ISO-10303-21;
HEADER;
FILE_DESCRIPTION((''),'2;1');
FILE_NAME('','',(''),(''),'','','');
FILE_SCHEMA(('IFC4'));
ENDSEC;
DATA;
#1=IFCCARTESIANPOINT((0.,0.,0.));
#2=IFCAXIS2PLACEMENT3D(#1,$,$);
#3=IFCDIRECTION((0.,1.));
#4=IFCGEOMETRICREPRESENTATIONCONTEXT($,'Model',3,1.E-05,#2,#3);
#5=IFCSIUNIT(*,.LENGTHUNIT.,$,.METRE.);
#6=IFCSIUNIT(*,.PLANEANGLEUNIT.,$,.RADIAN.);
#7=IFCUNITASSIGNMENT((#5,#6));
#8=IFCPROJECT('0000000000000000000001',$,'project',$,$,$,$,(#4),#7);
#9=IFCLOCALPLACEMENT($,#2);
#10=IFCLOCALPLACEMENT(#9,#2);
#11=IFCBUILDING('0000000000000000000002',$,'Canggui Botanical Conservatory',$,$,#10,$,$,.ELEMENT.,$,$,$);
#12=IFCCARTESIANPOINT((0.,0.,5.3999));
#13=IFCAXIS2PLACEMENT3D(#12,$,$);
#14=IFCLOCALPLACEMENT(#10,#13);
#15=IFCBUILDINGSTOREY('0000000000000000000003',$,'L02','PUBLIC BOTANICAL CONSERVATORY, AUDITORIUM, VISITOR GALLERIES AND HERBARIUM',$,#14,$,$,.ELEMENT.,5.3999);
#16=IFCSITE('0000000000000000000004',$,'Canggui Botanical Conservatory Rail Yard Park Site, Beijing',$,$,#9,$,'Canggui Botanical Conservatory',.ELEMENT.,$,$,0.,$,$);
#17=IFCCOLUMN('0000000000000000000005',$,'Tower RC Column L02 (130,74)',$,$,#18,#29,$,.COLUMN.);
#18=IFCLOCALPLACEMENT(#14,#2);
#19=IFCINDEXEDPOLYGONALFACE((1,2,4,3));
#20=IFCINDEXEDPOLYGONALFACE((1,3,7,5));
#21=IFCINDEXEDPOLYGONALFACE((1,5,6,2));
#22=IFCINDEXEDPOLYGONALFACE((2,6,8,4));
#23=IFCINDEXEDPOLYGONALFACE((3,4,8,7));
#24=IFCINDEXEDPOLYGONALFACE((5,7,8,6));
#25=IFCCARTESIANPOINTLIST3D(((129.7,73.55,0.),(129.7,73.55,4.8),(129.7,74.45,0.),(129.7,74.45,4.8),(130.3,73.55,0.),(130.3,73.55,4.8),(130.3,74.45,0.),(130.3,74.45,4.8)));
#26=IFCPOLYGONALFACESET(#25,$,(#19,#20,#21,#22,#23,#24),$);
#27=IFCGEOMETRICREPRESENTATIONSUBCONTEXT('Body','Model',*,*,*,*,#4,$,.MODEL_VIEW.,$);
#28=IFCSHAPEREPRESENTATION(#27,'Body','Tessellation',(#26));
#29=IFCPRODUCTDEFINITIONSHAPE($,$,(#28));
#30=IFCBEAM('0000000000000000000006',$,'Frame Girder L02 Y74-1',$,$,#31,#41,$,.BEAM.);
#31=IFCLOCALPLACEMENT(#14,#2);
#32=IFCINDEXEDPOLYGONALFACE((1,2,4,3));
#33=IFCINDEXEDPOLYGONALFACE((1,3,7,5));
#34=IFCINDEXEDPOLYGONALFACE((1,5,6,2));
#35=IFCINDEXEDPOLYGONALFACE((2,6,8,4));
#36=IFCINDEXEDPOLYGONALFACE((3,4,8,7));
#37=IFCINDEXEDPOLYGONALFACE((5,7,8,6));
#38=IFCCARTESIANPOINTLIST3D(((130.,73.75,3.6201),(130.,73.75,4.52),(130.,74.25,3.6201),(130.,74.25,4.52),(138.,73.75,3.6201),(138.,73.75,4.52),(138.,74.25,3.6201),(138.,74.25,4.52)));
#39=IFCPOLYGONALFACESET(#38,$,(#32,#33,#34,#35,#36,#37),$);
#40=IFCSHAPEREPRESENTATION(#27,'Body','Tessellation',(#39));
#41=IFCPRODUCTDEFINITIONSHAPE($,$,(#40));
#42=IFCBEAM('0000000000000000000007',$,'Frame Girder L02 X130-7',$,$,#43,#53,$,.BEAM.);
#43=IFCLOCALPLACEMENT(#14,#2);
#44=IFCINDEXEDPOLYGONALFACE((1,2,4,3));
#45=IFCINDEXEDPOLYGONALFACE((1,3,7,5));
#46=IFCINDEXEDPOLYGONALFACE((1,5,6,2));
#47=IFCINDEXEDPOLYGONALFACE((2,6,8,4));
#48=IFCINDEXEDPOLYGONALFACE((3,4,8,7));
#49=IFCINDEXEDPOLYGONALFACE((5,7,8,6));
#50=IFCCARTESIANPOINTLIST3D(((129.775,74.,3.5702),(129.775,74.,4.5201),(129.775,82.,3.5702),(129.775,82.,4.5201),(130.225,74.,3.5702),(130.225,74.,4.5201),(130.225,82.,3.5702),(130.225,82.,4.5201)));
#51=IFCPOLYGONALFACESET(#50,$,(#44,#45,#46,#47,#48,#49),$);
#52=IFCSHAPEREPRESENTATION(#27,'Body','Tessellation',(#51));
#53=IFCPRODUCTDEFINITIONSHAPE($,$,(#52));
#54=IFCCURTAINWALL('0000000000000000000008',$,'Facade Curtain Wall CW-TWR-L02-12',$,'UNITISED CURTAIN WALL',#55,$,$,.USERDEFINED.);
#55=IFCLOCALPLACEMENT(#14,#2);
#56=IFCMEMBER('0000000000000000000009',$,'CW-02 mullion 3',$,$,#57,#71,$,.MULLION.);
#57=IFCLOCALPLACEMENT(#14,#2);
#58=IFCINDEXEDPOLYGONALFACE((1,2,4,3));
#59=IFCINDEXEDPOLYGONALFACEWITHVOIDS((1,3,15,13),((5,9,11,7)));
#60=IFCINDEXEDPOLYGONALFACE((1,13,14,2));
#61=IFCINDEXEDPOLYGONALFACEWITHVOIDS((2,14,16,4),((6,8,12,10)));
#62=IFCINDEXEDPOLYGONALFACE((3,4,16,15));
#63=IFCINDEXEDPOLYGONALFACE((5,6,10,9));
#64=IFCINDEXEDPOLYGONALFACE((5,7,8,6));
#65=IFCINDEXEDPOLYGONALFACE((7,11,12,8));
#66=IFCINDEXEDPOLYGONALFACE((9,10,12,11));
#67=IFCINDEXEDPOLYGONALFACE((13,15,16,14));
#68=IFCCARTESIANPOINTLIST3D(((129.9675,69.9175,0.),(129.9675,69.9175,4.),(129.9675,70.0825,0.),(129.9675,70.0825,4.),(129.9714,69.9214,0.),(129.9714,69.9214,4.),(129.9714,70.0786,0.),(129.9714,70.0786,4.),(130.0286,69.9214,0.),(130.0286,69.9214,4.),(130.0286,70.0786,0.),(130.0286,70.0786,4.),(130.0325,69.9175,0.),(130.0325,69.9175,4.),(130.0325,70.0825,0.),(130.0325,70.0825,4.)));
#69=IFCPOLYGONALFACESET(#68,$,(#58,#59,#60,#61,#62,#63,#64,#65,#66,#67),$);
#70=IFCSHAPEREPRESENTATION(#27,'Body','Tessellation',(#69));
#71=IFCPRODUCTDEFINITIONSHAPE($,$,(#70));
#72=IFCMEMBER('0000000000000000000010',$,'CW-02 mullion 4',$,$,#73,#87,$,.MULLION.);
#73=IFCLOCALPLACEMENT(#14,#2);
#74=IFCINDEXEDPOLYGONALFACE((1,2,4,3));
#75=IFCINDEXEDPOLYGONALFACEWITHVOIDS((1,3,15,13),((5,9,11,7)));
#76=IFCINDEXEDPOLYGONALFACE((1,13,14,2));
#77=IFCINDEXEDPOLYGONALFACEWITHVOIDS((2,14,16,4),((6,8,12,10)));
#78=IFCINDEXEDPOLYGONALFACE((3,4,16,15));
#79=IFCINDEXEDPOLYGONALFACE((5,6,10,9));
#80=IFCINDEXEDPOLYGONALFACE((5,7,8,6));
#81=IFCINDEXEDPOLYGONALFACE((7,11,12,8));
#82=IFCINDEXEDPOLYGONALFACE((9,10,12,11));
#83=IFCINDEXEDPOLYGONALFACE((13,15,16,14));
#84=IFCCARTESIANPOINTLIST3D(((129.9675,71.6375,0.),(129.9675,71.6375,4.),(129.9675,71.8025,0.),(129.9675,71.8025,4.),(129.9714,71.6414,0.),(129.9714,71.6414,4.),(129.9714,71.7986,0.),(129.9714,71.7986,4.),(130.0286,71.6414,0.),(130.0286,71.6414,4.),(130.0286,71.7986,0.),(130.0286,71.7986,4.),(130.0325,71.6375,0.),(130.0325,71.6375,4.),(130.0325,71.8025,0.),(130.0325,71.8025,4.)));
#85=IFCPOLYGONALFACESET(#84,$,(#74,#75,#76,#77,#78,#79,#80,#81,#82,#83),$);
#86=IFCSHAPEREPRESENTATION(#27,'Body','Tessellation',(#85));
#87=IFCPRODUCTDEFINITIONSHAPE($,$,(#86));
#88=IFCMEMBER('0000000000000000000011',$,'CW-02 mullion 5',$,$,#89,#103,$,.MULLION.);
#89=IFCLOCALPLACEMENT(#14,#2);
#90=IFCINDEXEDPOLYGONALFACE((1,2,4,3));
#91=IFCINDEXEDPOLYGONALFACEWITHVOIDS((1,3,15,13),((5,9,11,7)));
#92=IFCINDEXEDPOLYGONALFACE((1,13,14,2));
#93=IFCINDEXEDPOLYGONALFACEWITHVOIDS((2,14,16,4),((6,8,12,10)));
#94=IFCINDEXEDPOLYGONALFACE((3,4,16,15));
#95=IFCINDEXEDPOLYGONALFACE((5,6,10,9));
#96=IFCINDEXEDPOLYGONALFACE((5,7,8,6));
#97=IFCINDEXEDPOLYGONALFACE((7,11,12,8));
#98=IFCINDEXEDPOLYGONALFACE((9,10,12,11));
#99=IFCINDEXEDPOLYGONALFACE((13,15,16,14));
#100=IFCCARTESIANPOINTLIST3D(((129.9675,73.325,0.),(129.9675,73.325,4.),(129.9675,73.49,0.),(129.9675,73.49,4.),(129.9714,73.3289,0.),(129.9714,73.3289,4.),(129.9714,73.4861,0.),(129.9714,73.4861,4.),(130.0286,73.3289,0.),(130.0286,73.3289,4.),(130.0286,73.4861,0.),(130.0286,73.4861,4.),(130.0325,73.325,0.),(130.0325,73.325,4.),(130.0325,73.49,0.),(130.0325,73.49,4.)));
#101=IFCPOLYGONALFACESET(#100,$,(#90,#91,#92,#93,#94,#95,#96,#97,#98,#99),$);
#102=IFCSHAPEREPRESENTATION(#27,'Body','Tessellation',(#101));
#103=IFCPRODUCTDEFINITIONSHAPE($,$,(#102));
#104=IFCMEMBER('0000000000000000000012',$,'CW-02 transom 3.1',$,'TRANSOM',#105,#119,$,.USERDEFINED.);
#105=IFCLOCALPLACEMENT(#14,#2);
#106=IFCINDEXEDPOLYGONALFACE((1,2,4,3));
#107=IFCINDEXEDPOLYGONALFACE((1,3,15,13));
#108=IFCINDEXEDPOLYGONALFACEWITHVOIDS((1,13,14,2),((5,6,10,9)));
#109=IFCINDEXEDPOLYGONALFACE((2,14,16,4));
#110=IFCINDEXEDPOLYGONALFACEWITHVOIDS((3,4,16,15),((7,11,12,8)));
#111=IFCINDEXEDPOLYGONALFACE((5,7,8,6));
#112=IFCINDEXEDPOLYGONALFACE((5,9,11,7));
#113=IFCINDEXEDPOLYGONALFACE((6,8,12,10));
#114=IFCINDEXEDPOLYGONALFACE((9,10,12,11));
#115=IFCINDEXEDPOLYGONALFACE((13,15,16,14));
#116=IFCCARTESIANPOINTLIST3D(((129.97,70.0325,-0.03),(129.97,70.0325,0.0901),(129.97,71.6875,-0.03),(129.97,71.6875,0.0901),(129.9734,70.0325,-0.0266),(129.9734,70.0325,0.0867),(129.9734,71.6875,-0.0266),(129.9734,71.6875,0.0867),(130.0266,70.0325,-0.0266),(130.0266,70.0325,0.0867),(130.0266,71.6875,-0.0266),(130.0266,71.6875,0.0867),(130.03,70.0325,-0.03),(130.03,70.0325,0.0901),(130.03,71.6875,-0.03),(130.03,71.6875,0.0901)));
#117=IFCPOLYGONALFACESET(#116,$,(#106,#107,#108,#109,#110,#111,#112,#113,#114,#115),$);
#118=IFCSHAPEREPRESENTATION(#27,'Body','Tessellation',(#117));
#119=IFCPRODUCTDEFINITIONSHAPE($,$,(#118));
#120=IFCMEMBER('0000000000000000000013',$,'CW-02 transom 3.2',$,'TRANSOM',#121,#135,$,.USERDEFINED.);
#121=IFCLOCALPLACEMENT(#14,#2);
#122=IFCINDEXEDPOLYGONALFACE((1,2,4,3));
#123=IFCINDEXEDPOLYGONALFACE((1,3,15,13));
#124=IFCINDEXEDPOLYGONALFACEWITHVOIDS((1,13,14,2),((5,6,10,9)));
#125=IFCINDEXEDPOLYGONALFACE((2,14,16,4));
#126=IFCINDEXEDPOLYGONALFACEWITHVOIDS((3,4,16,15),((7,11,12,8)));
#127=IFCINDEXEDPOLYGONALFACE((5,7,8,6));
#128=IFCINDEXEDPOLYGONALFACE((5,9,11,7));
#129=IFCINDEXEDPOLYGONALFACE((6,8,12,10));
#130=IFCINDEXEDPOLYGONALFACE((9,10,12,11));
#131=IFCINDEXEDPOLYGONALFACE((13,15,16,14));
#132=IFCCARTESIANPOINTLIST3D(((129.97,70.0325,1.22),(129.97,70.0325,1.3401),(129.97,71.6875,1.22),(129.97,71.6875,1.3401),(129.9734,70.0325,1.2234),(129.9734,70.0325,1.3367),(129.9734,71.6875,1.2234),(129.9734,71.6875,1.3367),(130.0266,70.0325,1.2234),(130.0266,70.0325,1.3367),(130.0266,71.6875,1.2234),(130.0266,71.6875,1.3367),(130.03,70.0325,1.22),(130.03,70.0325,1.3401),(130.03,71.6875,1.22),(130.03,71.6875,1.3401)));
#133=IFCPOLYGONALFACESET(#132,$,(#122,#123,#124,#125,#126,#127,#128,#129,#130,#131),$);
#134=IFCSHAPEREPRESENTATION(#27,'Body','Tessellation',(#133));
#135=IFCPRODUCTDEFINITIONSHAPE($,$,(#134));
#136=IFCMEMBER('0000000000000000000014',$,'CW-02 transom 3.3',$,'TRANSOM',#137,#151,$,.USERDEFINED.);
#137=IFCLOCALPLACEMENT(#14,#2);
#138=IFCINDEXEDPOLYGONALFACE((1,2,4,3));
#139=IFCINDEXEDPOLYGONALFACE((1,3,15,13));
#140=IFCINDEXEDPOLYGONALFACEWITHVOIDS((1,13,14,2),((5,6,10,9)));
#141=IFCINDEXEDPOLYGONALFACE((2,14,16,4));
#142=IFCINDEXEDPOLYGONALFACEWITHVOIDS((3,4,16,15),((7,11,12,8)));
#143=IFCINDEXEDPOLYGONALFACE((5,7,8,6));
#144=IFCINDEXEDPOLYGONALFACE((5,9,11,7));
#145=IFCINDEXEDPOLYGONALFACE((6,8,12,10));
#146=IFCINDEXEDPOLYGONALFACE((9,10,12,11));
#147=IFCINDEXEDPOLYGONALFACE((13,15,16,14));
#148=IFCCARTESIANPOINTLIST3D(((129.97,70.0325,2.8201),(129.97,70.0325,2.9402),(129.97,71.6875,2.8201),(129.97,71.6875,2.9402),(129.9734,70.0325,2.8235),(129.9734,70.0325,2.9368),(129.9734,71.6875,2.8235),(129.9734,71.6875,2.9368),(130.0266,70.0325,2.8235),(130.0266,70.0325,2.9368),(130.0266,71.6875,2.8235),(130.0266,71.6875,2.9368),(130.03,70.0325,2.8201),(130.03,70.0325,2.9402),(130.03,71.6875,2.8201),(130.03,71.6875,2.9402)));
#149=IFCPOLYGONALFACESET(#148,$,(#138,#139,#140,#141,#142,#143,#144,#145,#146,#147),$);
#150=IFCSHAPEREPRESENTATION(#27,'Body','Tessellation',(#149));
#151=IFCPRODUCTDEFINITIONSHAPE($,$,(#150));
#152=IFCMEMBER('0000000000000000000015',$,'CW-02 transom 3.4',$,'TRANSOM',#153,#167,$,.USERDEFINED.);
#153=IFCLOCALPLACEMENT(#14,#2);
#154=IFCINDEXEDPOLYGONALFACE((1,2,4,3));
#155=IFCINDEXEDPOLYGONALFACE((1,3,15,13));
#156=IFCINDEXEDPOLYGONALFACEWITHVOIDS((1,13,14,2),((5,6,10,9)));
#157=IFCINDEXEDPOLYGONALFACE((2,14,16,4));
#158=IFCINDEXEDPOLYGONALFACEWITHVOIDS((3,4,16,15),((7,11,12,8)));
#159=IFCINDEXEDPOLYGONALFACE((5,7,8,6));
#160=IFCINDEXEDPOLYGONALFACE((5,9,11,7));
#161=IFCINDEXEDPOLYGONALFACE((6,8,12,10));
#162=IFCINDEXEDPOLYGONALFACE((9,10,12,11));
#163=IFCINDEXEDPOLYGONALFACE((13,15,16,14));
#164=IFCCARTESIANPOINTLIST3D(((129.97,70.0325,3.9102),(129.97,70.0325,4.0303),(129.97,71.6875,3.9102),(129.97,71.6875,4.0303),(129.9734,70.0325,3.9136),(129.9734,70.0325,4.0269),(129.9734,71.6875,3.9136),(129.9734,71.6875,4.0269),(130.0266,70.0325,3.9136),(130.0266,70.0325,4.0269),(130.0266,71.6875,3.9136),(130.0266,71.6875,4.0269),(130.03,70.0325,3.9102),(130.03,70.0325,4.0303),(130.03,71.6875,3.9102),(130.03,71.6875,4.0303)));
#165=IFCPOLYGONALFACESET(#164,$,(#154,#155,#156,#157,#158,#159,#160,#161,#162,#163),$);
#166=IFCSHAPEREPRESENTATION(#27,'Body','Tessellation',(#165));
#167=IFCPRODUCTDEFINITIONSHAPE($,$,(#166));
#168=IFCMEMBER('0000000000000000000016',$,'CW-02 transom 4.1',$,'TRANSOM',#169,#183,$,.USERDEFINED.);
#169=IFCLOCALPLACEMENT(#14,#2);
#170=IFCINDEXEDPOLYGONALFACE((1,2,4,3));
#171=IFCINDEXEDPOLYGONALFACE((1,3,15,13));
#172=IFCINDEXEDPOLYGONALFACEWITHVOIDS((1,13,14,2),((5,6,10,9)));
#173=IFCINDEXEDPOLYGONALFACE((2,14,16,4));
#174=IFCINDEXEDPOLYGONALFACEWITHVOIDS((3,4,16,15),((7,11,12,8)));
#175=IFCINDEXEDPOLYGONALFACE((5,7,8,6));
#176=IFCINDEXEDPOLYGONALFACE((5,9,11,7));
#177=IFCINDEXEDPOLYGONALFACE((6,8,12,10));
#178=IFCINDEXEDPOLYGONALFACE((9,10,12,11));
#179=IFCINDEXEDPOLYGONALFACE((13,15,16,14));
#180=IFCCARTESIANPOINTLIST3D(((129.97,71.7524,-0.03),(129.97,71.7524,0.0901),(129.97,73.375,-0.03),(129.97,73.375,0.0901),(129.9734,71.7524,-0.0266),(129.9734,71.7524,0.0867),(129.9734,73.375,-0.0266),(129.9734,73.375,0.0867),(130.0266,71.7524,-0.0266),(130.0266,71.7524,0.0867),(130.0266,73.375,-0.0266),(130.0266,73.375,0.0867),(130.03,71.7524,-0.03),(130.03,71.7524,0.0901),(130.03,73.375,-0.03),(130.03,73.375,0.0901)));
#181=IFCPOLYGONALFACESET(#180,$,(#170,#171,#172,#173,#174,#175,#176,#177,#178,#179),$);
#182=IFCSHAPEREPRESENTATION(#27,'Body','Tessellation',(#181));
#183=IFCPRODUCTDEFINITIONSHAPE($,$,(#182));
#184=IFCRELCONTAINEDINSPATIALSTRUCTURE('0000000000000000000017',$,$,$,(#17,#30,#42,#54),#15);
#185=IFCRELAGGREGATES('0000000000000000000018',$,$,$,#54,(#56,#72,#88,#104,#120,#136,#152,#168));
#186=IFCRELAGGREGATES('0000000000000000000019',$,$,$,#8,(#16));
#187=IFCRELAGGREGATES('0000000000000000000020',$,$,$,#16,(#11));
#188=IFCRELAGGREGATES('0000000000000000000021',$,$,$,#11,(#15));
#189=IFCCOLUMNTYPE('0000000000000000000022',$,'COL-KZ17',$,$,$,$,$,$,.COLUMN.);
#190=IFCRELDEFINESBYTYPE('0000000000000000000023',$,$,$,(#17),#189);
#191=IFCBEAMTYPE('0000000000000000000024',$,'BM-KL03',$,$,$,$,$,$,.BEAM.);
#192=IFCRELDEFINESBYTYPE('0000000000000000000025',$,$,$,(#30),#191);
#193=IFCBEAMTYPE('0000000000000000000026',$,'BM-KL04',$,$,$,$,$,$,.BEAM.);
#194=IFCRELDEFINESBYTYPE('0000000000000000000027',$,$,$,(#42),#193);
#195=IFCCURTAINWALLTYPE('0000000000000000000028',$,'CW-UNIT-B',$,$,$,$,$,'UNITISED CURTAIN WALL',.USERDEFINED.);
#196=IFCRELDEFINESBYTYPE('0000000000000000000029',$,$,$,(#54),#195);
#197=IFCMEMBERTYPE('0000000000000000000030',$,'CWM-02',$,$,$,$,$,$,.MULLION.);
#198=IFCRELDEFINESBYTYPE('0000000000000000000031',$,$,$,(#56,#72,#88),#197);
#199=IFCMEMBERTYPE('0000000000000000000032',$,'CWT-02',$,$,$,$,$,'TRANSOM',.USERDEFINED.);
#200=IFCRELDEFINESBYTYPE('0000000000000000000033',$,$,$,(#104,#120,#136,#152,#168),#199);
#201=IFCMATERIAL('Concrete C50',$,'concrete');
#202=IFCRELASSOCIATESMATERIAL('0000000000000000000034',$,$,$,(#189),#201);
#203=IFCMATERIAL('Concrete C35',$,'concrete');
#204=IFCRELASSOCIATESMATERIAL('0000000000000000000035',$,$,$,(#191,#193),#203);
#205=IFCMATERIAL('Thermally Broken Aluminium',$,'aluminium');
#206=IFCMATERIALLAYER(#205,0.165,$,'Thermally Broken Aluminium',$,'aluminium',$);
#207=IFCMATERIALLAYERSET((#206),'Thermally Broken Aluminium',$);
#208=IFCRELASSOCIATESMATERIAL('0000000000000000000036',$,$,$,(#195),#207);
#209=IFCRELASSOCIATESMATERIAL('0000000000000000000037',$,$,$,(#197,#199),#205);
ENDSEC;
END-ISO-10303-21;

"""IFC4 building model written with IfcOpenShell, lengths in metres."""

from ifc_helpers import new_model, si_unit, direction, frame, origin, origin_2d, place, context, subcontext, project, spatial, rectangle, hollow_rectangle, extrude, material, layer, layer_set, material_profile, profile_set, type_object, element, aggregate, save


model = new_model("IFC4")

# Units and contexts
model_context = context("Model", 3, precision=1e-05, world=origin(), true_north=direction((0.0, 1.0)))
body_context = subcontext(model_context, "Body", "Model", "MODEL_VIEW")
ifc_project = project(units=[si_unit("LENGTHUNIT", "METRE"), si_unit("PLANEANGLEUNIT", "RADIAN")], contexts=[model_context])

# Site, building, storey
site_placement = place(None, origin())
site = spatial("IfcSite", under=ifc_project, at=site_placement, Name="Canggui Botanical Conservatory Rail Yard Park Site, Beijing", LongName="Canggui Botanical Conservatory", CompositionType="ELEMENT", RefElevation=0.0)
building_placement = place(site_placement, origin())
building = spatial("IfcBuilding", under=site, at=building_placement, Name="Canggui Botanical Conservatory", CompositionType="ELEMENT")
storey_placement = place(building_placement, frame((0.0, 0.0, 5.3999)))
storey = spatial("IfcBuildingStorey", under=building, at=storey_placement, Name="L02", Description="PUBLIC BOTANICAL CONSERVATORY, AUDITORIUM, VISITOR GALLERIES AND HERBARIUM", CompositionType="ELEMENT", Elevation=5.3999)

# Column
ifc_material_1 = material(Name="Concrete C50", Category="concrete")
ifc_material_profile_1 = material_profile(ifc_material_1, rectangle(XDim=0.6001, YDim=0.8999, at=origin_2d()), Name="RC 600x900")
ifc_profile_set_1 = profile_set([ifc_material_profile_1], Name="Concrete C50")
column_type = type_object("IfcColumnType", Name="COL-KZ17", PredefinedType="COLUMN", material=ifc_profile_set_1)
column_placement = place(storey_placement, frame((130.0, 74.0, 0.0), z_axis=(0.0, 0.0, 1.0), x_axis=(1.0, 0.0, 0.0)))
element("IfcColumn", 1, at=column_placement, inside=storey, type_object=column_type, Name="Tower RC Column L02 (130,74)", PredefinedType="COLUMN", context=body_context, shape_type="SweptSolid", body=[
    extrude(rectangle(XDim=0.6001, YDim=0.8999, at=origin_2d()), origin(), (0.0, 0.0, 1.0), 4.8),
])

# Beams
ifc_material_2 = material(Name="Concrete C35", Category="concrete")
ifc_material_profile_2 = material_profile(ifc_material_2, rectangle(XDim=0.5, YDim=0.8999, at=origin_2d()), Name="RB 500x900")
ifc_profile_set_2 = profile_set([ifc_material_profile_2], Name="Concrete C35")
beam_type_1 = type_object("IfcBeamType", Name="BM-KL03", PredefinedType="BEAM", material=ifc_profile_set_2)
beam_1_placement = place(storey_placement, frame((130.0, 74.0, 4.0701), z_axis=(1.0, 0.0, 0.0), x_axis=(0.0, 1.0, 0.0)))
element("IfcBeam", 2, at=beam_1_placement, inside=storey, type_object=beam_type_1, Name="Frame Girder L02 Y74-1", PredefinedType="BEAM", context=body_context, shape_type="SweptSolid", body=[
    extrude(rectangle(XDim=0.5, YDim=0.8999, at=origin_2d()), origin(), (0.0, 0.0, 1.0), 8.0),
])
ifc_material_profile_3 = material_profile(ifc_material_2, rectangle(XDim=0.45, YDim=0.95, at=origin_2d()), Name="RB 450x950")
ifc_profile_set_3 = profile_set([ifc_material_profile_3], Name="Concrete C35")
beam_type_2 = type_object("IfcBeamType", Name="BM-KL04", PredefinedType="BEAM", material=ifc_profile_set_3)
beam_2_placement = place(storey_placement, frame((130.0, 74.0, 4.0452), z_axis=(0.0, 1.0, 0.0), x_axis=(-1.0, 0.0, 0.0)))
element("IfcBeam", 3, at=beam_2_placement, inside=storey, type_object=beam_type_2, Name="Frame Girder L02 X130-7", PredefinedType="BEAM", context=body_context, shape_type="SweptSolid", body=[
    extrude(rectangle(XDim=0.45, YDim=0.95, at=origin_2d()), origin(), (0.0, 0.0, 1.0), 8.0),
])

# Curtain wall, members
ifc_material_3 = material(Name="Thermally Broken Aluminium", Category="aluminium")
ifc_layer_1 = layer(ifc_material_3, 0.165, Name="Thermally Broken Aluminium", Category="aluminium")
ifc_layer_set_1 = layer_set([ifc_layer_1], Name="Thermally Broken Aluminium")
curtain_wall_type_1 = type_object("IfcCurtainWallType", Name="CW-UNIT-B", ElementType="UNITISED CURTAIN WALL", PredefinedType="USERDEFINED", material=ifc_layer_set_1)
curtain_wall_1_placement = place(storey_placement, origin())
curtain_wall_1 = element("IfcCurtainWall", 4, at=curtain_wall_1_placement, inside=storey, type_object=curtain_wall_type_1, Name="Facade Curtain Wall CW-TWR-L02-12", ObjectType="UNITISED CURTAIN WALL", PredefinedType="USERDEFINED")
ifc_material_profile_4 = material_profile(ifc_material_3, hollow_rectangle(XDim=0.0649, YDim=0.165, WallThickness=0.0039, at=origin_2d()), Name="CWM 65x165x4")
ifc_profile_set_4 = profile_set([ifc_material_profile_4], Name="Thermally Broken Aluminium")
member_type_1 = type_object("IfcMemberType", Name="CWM-02", PredefinedType="MULLION", material=ifc_profile_set_4)
member_1_placement = place(storey_placement, frame((130.0, 70.0, 0.0), z_axis=(0.0, 0.0, 1.0), x_axis=(-1.0, 0.0, 0.0)))
member_1 = element("IfcMember", 5, at=member_1_placement, type_object=member_type_1, Name="CW-02 mullion 3", PredefinedType="MULLION", context=body_context, shape_type="SweptSolid", body=[
    extrude(hollow_rectangle(XDim=0.0649, YDim=0.165, WallThickness=0.0039, at=origin_2d()), origin(), (0.0, 0.0, 1.0), 4.0),
])
member_2_placement = place(storey_placement, frame((130.0, 71.72, 0.0), z_axis=(0.0, 0.0, 1.0), x_axis=(-1.0, 0.0, 0.0)))
member_2 = element("IfcMember", 6, at=member_2_placement, type_object=member_type_1, Name="CW-02 mullion 4", PredefinedType="MULLION", context=body_context, shape_type="SweptSolid", body=[
    extrude(hollow_rectangle(XDim=0.0649, YDim=0.165, WallThickness=0.0039, at=origin_2d()), origin(), (0.0, 0.0, 1.0), 4.0),
])
member_3_placement = place(storey_placement, frame((130.0, 73.4075, 0.0), z_axis=(0.0, 0.0, 1.0), x_axis=(-1.0, 0.0, 0.0)))
member_3 = element("IfcMember", 7, at=member_3_placement, type_object=member_type_1, Name="CW-02 mullion 5", PredefinedType="MULLION", context=body_context, shape_type="SweptSolid", body=[
    extrude(hollow_rectangle(XDim=0.0649, YDim=0.165, WallThickness=0.0039, at=origin_2d()), origin(), (0.0, 0.0, 1.0), 4.0),
])
ifc_material_profile_5 = material_profile(ifc_material_3, hollow_rectangle(XDim=0.0601, YDim=0.1201, WallThickness=0.0034, at=origin_2d()), Name="CWT 60x120x3.5")
ifc_profile_set_5 = profile_set([ifc_material_profile_5], Name="Thermally Broken Aluminium")
member_type_2 = type_object("IfcMemberType", Name="CWT-02", ElementType="TRANSOM", PredefinedType="USERDEFINED", material=ifc_profile_set_5)
member_4_placement = place(storey_placement, frame((130.0, 70.0325, 0.03), z_axis=(0.0, 1.0, 0.0), x_axis=(-1.0, 0.0, 0.0)))
member_4 = element("IfcMember", 8, at=member_4_placement, type_object=member_type_2, Name="CW-02 transom 3.1", ObjectType="TRANSOM", PredefinedType="USERDEFINED", context=body_context, shape_type="SweptSolid", body=[
    extrude(hollow_rectangle(XDim=0.0601, YDim=0.1201, WallThickness=0.0034, at=origin_2d()), origin(), (0.0, 0.0, 1.0), 1.655),
])
member_5_placement = place(storey_placement, frame((130.0, 70.0325, 1.28), z_axis=(0.0, 1.0, 0.0), x_axis=(-1.0, 0.0, 0.0)))
member_5 = element("IfcMember", 9, at=member_5_placement, type_object=member_type_2, Name="CW-02 transom 3.2", ObjectType="TRANSOM", PredefinedType="USERDEFINED", context=body_context, shape_type="SweptSolid", body=[
    extrude(hollow_rectangle(XDim=0.0601, YDim=0.1201, WallThickness=0.0034, at=origin_2d()), origin(), (0.0, 0.0, 1.0), 1.655),
])
member_6_placement = place(storey_placement, frame((130.0, 70.0325, 2.8801), z_axis=(0.0, 1.0, 0.0), x_axis=(-1.0, 0.0, 0.0)))
member_6 = element("IfcMember", 10, at=member_6_placement, type_object=member_type_2, Name="CW-02 transom 3.3", ObjectType="TRANSOM", PredefinedType="USERDEFINED", context=body_context, shape_type="SweptSolid", body=[
    extrude(hollow_rectangle(XDim=0.0601, YDim=0.1201, WallThickness=0.0034, at=origin_2d()), origin(), (0.0, 0.0, 1.0), 1.655),
])
member_7_placement = place(storey_placement, frame((130.0, 70.0325, 3.9702), z_axis=(0.0, 1.0, 0.0), x_axis=(-1.0, 0.0, 0.0)))
member_7 = element("IfcMember", 11, at=member_7_placement, type_object=member_type_2, Name="CW-02 transom 3.4", ObjectType="TRANSOM", PredefinedType="USERDEFINED", context=body_context, shape_type="SweptSolid", body=[
    extrude(hollow_rectangle(XDim=0.0601, YDim=0.1201, WallThickness=0.0034, at=origin_2d()), origin(), (0.0, 0.0, 1.0), 1.655),
])
member_8_placement = place(storey_placement, frame((130.0, 71.7524, 0.03), z_axis=(0.0, 1.0, 0.0), x_axis=(-1.0, 0.0, 0.0)))
member_8 = element("IfcMember", 12, at=member_8_placement, type_object=member_type_2, Name="CW-02 transom 4.1", ObjectType="TRANSOM", PredefinedType="USERDEFINED", context=body_context, shape_type="SweptSolid", body=[
    extrude(hollow_rectangle(XDim=0.0601, YDim=0.1201, WallThickness=0.0034, at=origin_2d()), origin(), (0.0, 0.0, 1.0), 1.6226),
])

aggregate(curtain_wall_1, [member_1, member_2, member_3, member_4, member_5, member_6, member_7, member_8])

save(model, "model.ifc")
